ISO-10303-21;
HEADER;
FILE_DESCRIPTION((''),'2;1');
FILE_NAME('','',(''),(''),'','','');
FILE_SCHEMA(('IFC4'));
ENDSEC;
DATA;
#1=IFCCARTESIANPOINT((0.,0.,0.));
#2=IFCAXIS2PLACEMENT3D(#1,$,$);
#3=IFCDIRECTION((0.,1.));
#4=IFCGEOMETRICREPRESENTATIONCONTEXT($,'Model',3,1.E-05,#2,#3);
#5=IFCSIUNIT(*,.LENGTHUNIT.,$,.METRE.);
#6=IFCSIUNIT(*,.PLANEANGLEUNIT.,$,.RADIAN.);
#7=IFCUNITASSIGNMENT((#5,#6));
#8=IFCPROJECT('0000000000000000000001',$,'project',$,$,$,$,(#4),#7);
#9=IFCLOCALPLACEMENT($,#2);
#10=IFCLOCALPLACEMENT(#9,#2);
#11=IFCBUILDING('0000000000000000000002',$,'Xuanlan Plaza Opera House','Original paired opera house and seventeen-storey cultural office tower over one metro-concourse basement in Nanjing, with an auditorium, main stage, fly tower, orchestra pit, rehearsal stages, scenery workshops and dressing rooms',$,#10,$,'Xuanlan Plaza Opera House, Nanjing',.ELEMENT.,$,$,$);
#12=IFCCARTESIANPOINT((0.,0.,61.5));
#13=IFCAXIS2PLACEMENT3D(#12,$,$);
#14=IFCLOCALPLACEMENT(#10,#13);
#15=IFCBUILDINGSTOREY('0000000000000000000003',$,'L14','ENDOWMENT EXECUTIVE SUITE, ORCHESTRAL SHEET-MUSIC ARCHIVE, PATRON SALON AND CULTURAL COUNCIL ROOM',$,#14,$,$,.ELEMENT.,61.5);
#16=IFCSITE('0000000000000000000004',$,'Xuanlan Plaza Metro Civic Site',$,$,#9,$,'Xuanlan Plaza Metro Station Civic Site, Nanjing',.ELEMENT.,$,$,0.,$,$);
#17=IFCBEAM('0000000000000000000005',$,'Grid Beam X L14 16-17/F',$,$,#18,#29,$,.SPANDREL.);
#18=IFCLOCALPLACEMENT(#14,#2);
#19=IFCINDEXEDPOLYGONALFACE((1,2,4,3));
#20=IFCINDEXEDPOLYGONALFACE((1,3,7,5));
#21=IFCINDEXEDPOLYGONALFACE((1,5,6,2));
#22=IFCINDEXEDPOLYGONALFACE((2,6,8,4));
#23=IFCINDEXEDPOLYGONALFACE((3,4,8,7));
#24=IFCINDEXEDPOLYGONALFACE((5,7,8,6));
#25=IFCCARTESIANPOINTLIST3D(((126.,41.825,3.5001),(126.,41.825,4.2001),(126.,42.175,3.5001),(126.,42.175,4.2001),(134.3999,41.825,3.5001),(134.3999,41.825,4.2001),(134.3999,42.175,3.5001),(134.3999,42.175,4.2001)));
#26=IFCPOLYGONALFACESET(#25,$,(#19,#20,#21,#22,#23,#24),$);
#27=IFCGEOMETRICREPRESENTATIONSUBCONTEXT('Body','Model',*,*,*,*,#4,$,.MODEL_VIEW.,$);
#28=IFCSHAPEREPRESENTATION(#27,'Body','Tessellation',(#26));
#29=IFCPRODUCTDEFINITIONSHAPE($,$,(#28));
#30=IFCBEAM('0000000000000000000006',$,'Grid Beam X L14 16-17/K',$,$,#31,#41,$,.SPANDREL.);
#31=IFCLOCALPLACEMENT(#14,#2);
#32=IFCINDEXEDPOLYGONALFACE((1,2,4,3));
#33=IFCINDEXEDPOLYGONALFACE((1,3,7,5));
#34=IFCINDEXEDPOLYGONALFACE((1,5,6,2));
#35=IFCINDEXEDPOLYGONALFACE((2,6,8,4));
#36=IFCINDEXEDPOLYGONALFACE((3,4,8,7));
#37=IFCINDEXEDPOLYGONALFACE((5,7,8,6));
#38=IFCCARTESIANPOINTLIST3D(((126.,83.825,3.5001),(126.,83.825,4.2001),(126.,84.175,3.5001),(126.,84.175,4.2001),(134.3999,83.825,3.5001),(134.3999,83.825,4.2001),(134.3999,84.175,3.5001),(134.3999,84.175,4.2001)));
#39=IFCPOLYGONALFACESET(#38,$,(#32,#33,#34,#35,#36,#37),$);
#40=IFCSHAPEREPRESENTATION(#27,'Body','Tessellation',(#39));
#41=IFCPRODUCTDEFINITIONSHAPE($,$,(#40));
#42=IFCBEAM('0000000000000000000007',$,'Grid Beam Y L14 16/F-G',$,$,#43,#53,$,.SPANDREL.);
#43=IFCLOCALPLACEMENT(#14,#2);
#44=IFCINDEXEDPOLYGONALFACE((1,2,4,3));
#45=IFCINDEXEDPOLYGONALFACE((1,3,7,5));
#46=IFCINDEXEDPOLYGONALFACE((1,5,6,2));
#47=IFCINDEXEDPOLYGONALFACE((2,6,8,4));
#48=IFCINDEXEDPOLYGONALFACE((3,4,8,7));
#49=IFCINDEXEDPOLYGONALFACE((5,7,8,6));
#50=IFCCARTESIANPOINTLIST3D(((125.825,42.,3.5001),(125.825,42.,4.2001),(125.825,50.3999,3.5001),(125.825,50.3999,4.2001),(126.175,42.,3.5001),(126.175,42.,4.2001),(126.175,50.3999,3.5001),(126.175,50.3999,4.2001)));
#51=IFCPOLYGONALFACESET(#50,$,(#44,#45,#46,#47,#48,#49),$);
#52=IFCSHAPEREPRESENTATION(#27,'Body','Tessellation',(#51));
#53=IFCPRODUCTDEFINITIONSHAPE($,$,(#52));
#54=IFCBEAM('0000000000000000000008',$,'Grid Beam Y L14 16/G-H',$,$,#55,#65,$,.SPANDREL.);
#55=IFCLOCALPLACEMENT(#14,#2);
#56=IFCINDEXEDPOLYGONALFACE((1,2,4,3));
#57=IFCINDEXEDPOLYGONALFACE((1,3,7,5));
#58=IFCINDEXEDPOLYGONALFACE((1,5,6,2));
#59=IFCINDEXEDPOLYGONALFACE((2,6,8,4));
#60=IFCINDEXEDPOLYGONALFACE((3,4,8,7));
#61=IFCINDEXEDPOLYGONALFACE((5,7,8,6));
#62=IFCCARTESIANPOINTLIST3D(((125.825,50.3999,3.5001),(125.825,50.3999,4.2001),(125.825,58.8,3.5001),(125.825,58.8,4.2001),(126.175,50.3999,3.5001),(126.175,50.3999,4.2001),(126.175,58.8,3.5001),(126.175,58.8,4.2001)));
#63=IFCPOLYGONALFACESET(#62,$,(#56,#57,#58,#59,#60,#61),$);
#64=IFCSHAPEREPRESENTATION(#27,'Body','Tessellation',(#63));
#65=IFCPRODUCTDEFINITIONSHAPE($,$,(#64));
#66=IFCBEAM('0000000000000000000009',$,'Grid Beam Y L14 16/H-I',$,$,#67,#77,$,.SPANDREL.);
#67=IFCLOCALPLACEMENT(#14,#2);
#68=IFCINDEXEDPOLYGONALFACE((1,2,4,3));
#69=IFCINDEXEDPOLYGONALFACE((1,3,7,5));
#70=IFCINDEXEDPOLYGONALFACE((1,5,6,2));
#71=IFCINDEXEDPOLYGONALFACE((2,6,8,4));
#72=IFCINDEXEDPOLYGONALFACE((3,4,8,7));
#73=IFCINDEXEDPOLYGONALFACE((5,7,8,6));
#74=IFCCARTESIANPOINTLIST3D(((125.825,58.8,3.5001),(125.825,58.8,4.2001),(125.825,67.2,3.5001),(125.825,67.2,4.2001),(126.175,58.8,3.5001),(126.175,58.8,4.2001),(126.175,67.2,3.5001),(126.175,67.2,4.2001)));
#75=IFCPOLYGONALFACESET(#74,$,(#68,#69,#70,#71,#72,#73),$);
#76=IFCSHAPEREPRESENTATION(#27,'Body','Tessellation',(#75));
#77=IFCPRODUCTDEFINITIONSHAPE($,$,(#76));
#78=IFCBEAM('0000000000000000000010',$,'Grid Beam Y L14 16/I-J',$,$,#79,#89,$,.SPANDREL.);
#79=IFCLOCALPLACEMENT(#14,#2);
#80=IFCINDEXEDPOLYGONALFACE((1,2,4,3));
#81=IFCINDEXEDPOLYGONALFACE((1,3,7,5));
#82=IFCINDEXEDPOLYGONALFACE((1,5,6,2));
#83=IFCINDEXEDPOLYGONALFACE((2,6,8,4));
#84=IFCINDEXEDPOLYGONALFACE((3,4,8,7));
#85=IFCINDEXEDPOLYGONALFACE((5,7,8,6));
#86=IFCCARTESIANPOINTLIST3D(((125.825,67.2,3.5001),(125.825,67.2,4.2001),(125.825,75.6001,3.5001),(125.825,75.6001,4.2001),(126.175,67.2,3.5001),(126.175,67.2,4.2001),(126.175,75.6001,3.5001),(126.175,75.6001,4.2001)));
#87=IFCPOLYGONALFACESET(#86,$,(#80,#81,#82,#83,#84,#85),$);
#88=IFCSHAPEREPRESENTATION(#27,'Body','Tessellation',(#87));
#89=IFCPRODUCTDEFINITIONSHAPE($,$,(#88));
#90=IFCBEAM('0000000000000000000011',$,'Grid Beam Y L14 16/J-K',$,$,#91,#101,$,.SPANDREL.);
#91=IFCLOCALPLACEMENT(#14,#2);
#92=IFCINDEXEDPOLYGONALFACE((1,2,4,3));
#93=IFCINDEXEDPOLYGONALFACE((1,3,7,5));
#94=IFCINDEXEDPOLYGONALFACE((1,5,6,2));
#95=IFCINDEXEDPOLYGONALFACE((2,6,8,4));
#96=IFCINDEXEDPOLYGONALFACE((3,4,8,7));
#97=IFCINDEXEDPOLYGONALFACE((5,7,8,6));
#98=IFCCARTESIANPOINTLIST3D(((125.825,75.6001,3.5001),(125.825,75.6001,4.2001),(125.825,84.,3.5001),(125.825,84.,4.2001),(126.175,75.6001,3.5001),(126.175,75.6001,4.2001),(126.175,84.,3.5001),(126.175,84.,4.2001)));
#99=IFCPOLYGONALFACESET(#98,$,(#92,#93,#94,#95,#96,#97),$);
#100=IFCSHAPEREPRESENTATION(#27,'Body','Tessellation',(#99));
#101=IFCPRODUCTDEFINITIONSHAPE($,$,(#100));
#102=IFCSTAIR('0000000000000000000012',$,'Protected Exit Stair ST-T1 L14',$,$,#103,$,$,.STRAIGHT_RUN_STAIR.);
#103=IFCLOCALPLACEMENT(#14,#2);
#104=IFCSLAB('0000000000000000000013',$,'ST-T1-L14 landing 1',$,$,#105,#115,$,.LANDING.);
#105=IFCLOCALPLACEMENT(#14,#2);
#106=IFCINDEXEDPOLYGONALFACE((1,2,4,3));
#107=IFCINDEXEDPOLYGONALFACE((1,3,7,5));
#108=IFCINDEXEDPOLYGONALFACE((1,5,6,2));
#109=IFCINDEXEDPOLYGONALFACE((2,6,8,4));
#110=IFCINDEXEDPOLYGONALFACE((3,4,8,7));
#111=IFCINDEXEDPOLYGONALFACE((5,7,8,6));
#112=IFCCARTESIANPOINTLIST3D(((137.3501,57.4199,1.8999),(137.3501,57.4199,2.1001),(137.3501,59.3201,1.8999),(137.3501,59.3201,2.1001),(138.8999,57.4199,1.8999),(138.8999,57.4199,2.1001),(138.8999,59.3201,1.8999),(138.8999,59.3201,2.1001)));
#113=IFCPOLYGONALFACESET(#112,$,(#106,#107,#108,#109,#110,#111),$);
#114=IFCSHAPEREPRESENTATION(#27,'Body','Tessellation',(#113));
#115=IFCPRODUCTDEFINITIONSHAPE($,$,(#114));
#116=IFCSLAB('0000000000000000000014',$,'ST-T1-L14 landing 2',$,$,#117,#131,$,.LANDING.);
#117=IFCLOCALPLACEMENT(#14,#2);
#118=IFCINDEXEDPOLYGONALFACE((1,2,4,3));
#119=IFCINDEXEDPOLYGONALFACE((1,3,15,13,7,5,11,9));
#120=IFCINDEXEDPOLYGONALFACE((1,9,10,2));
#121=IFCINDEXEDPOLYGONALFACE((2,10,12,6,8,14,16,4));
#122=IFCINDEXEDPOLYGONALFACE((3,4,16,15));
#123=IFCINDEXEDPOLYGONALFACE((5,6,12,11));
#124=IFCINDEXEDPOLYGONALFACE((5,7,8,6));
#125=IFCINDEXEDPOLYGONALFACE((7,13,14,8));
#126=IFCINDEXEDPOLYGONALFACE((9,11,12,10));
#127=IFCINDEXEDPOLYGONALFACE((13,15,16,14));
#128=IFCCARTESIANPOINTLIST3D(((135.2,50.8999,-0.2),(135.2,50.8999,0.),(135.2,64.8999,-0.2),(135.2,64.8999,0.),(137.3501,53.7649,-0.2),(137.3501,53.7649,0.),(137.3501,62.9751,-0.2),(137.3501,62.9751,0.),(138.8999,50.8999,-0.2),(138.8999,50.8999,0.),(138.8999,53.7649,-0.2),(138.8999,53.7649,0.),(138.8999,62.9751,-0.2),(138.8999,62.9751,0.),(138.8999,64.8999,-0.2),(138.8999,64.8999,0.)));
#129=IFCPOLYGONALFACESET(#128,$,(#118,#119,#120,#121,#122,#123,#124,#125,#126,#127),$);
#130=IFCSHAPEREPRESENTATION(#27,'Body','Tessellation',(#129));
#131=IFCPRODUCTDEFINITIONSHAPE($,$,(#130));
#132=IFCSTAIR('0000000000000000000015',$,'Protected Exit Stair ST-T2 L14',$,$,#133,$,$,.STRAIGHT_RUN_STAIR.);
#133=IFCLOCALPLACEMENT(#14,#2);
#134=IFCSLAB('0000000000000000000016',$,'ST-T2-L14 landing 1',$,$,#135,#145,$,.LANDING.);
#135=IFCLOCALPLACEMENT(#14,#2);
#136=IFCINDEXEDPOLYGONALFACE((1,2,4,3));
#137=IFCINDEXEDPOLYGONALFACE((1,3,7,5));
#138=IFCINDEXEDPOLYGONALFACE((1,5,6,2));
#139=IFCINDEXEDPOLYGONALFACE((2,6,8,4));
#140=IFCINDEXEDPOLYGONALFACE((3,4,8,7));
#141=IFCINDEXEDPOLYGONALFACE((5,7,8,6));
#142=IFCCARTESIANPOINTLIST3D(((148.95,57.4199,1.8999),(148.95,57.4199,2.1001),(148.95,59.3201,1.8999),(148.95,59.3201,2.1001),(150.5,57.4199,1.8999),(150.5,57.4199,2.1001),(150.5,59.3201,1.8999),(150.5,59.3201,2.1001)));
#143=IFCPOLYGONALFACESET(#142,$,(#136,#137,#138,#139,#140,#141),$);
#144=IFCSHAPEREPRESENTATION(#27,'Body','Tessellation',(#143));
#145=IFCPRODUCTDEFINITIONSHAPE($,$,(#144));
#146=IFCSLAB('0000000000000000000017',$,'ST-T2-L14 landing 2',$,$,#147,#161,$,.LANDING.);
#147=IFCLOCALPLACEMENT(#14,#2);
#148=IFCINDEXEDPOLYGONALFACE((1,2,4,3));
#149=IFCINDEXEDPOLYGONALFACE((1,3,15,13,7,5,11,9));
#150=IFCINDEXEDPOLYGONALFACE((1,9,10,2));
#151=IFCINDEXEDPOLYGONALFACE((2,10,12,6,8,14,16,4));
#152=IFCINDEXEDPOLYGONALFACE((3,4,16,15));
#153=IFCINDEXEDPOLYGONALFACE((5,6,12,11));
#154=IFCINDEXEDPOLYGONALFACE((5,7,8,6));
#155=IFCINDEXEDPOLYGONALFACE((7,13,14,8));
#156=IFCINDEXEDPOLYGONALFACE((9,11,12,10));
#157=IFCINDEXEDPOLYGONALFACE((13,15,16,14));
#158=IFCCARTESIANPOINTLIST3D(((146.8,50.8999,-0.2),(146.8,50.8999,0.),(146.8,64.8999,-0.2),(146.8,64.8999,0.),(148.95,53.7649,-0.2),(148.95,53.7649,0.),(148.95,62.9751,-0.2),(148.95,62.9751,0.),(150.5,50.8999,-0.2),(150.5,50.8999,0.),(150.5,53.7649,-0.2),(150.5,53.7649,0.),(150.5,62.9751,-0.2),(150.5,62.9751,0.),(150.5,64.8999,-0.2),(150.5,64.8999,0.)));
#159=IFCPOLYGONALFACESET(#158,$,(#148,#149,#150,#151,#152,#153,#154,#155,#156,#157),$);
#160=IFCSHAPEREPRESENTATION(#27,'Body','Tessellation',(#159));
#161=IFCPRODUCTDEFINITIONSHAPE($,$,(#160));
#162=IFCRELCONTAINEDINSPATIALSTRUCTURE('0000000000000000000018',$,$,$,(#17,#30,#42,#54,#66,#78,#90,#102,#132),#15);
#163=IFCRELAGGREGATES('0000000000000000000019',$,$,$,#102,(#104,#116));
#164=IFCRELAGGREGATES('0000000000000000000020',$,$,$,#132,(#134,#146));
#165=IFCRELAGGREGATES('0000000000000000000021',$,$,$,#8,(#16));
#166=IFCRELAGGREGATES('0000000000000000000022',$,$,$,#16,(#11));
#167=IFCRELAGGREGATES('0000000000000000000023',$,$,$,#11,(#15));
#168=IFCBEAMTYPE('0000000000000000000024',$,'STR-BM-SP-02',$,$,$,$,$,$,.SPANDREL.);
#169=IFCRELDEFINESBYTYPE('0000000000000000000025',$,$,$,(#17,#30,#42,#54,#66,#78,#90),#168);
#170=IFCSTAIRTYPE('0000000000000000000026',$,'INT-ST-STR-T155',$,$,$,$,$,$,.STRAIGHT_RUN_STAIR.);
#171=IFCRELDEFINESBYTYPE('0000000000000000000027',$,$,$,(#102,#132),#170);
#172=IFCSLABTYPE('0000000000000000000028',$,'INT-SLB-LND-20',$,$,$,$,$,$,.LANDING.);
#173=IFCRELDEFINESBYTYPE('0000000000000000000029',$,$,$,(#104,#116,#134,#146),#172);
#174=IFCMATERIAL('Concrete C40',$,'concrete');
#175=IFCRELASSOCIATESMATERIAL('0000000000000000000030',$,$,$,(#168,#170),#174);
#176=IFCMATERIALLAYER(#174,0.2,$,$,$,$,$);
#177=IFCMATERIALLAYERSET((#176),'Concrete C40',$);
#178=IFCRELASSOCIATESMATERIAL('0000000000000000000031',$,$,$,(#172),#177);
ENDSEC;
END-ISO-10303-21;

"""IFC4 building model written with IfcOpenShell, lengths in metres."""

from ifc_helpers import new_model, si_unit, direction, frame, origin, origin_2d, place, context, subcontext, project, spatial, polyline, rectangle, outline, extrude, material, layer, layer_set, material_profile, profile_set, type_object, element, aggregate, save


model = new_model("IFC4")

# Units and contexts
model_context = context("Model", 3, precision=1e-05, world=origin(), true_north=direction((0.0, 1.0)))
body_context = subcontext(model_context, "Body", "Model", "MODEL_VIEW")
ifc_project = project(units=[si_unit("LENGTHUNIT", "METRE"), si_unit("PLANEANGLEUNIT", "RADIAN")], contexts=[model_context])

# Site, building, storey
site_placement = place(None, origin())
site = spatial("IfcSite", under=ifc_project, at=site_placement, Name="Xuanlan Plaza Metro Civic Site", LongName="Xuanlan Plaza Metro Station Civic Site, Nanjing", CompositionType="ELEMENT", RefElevation=0.0)
building_placement = place(site_placement, origin())
building = spatial("IfcBuilding", under=site, at=building_placement, Name="Xuanlan Plaza Opera House", Description="Original paired opera house and seventeen-storey cultural office tower over one metro-concourse basement in Nanjing, with an auditorium, main stage, fly tower, orchestra pit, rehearsal stages, scenery workshops and dressing rooms", LongName="Xuanlan Plaza Opera House, Nanjing", CompositionType="ELEMENT")
storey_placement = place(building_placement, frame((0.0, 0.0, 61.5)))
storey = spatial("IfcBuildingStorey", under=building, at=storey_placement, Name="L14", Description="ENDOWMENT EXECUTIVE SUITE, ORCHESTRAL SHEET-MUSIC ARCHIVE, PATRON SALON AND CULTURAL COUNCIL ROOM", CompositionType="ELEMENT", Elevation=61.5)

# Beams
ifc_material_1 = material(Name="Concrete C40", Category="concrete")
ifc_material_profile_1 = material_profile(ifc_material_1, rectangle(XDim=0.3501, YDim=0.7, at=origin_2d()), Name="RC-SPD 350x700")
ifc_profile_set_1 = profile_set([ifc_material_profile_1], Name="Concrete C40")
beam_type_1 = type_object("IfcBeamType", Name="STR-BM-SP-02", PredefinedType="SPANDREL", material=ifc_profile_set_1)
for number, where, z_axis, x_axis, name in (
    (1, (126.0, 42.0, 3.8501), (1.0, 0.0, 0.0), (0.0, 1.0, 0.0), "Grid Beam X L14 16-17/F"),
    (2, (126.0, 84.0, 3.8501), (1.0, 0.0, 0.0), (0.0, 1.0, 0.0), "Grid Beam X L14 16-17/K"),
    (3, (126.0, 42.0, 3.8501), (0.0, 1.0, 0.0), (-1.0, 0.0, 0.0), "Grid Beam Y L14 16/F-G"),
):
    element("IfcBeam", number, at=place(storey_placement, frame(where, z_axis=z_axis, x_axis=x_axis)), inside=storey, type_object=beam_type_1, Name=name, PredefinedType="SPANDREL", context=body_context, shape_type="SweptSolid", body=[
        extrude(rectangle(XDim=0.3501, YDim=0.7, at=origin_2d()), origin(), (0.0, 0.0, 1.0), 8.3999),
    ])
beam_1_placement = place(storey_placement, frame((126.0, 50.3999, 3.8501), z_axis=(0.0, 1.0, 0.0), x_axis=(-1.0, 0.0, 0.0)))
element("IfcBeam", 4, at=beam_1_placement, inside=storey, type_object=beam_type_1, Name="Grid Beam Y L14 16/G-H", PredefinedType="SPANDREL", context=body_context, shape_type="SweptSolid", body=[
    extrude(rectangle(XDim=0.3501, YDim=0.7, at=origin_2d()), origin(), (0.0, 0.0, 1.0), 8.4001),
])
beam_2_placement = place(storey_placement, frame((126.0, 58.8, 3.8501), z_axis=(0.0, 1.0, 0.0), x_axis=(-1.0, 0.0, 0.0)))
element("IfcBeam", 5, at=beam_2_placement, inside=storey, type_object=beam_type_1, Name="Grid Beam Y L14 16/H-I", PredefinedType="SPANDREL", context=body_context, shape_type="SweptSolid", body=[
    extrude(rectangle(XDim=0.3501, YDim=0.7, at=origin_2d()), origin(), (0.0, 0.0, 1.0), 8.3999),
])
beam_3_placement = place(storey_placement, frame((126.0, 67.2, 3.8501), z_axis=(0.0, 1.0, 0.0), x_axis=(-1.0, 0.0, 0.0)))
element("IfcBeam", 6, at=beam_3_placement, inside=storey, type_object=beam_type_1, Name="Grid Beam Y L14 16/I-J", PredefinedType="SPANDREL", context=body_context, shape_type="SweptSolid", body=[
    extrude(rectangle(XDim=0.3501, YDim=0.7, at=origin_2d()), origin(), (0.0, 0.0, 1.0), 8.4001),
])
beam_4_placement = place(storey_placement, frame((126.0, 75.6001, 3.8501), z_axis=(0.0, 1.0, 0.0), x_axis=(-1.0, 0.0, 0.0)))
element("IfcBeam", 7, at=beam_4_placement, inside=storey, type_object=beam_type_1, Name="Grid Beam Y L14 16/J-K", PredefinedType="SPANDREL", context=body_context, shape_type="SweptSolid", body=[
    extrude(rectangle(XDim=0.3501, YDim=0.7, at=origin_2d()), origin(), (0.0, 0.0, 1.0), 8.3999),
])

# Stairs, slabs
stair_type = type_object("IfcStairType", Name="INT-ST-STR-T155", PredefinedType="STRAIGHT_RUN_STAIR", material=ifc_material_1)
stair_1_placement = place(storey_placement, origin())
stair_1 = element("IfcStair", 8, at=stair_1_placement, inside=storey, type_object=stair_type, Name="Protected Exit Stair ST-T1 L14", PredefinedType="STRAIGHT_RUN_STAIR")
ifc_layer_1 = layer(ifc_material_1, 0.2)
ifc_layer_set_1 = layer_set([ifc_layer_1], Name="Concrete C40")
slab_type_1 = type_object("IfcSlabType", Name="INT-SLB-LND-20", PredefinedType="LANDING", material=ifc_layer_set_1)
slab_1_placement = place(storey_placement, frame((0.0, 0.0, 1.8999)))
slab_1 = element("IfcSlab", 9, at=slab_1_placement, type_object=slab_type_1, Name="ST-T1-L14 landing 1", PredefinedType="LANDING", context=body_context, shape_type="SweptSolid", body=[
    extrude(outline(polyline([(137.3501, 57.4199), (138.8999, 57.4199), (138.8999, 59.3201), (137.3501, 59.3201), (137.3501, 57.4199)])), origin(), (0.0, 0.0, 1.0), 0.2002),
])
slab_2_placement = place(storey_placement, frame((0.0, 0.0, -0.2)))
slab_2 = element("IfcSlab", 10, at=slab_2_placement, type_object=slab_type_1, Name="ST-T1-L14 landing 2", PredefinedType="LANDING", context=body_context, shape_type="SweptSolid", body=[
    extrude(outline(polyline([(135.2, 50.8999), (138.8999, 50.8999), (138.8999, 53.7649), (137.3501, 53.7649), (137.3501, 62.9751), (138.8999, 62.9751), (138.8999, 64.8999), (135.2, 64.8999), (135.2, 50.8999)])), origin(), (0.0, 0.0, 1.0), 0.2),
])
aggregate(stair_1, [slab_1, slab_2])
stair_2_placement = place(storey_placement, origin())
stair_2 = element("IfcStair", 11, at=stair_2_placement, inside=storey, type_object=stair_type, Name="Protected Exit Stair ST-T2 L14", PredefinedType="STRAIGHT_RUN_STAIR")
slab_3_placement = place(storey_placement, frame((0.0, 0.0, 1.8999)))
slab_3 = element("IfcSlab", 12, at=slab_3_placement, type_object=slab_type_1, Name="ST-T2-L14 landing 1", PredefinedType="LANDING", context=body_context, shape_type="SweptSolid", body=[
    extrude(outline(polyline([(148.95, 57.4199), (150.5, 57.4199), (150.5, 59.3201), (148.95, 59.3201), (148.95, 57.4199)])), origin(), (0.0, 0.0, 1.0), 0.2002),
])
slab_4_placement = place(storey_placement, frame((0.0, 0.0, -0.2)))
slab_4 = element("IfcSlab", 13, at=slab_4_placement, type_object=slab_type_1, Name="ST-T2-L14 landing 2", PredefinedType="LANDING", context=body_context, shape_type="SweptSolid", body=[
    extrude(outline(polyline([(146.8, 50.8999), (150.5, 50.8999), (150.5, 53.7649), (148.95, 53.7649), (148.95, 62.9751), (150.5, 62.9751), (150.5, 64.8999), (146.8, 64.8999), (146.8, 50.8999)])), origin(), (0.0, 0.0, 1.0), 0.2),
])
aggregate(stair_2, [slab_3, slab_4])

save(model, "model.ifc")
